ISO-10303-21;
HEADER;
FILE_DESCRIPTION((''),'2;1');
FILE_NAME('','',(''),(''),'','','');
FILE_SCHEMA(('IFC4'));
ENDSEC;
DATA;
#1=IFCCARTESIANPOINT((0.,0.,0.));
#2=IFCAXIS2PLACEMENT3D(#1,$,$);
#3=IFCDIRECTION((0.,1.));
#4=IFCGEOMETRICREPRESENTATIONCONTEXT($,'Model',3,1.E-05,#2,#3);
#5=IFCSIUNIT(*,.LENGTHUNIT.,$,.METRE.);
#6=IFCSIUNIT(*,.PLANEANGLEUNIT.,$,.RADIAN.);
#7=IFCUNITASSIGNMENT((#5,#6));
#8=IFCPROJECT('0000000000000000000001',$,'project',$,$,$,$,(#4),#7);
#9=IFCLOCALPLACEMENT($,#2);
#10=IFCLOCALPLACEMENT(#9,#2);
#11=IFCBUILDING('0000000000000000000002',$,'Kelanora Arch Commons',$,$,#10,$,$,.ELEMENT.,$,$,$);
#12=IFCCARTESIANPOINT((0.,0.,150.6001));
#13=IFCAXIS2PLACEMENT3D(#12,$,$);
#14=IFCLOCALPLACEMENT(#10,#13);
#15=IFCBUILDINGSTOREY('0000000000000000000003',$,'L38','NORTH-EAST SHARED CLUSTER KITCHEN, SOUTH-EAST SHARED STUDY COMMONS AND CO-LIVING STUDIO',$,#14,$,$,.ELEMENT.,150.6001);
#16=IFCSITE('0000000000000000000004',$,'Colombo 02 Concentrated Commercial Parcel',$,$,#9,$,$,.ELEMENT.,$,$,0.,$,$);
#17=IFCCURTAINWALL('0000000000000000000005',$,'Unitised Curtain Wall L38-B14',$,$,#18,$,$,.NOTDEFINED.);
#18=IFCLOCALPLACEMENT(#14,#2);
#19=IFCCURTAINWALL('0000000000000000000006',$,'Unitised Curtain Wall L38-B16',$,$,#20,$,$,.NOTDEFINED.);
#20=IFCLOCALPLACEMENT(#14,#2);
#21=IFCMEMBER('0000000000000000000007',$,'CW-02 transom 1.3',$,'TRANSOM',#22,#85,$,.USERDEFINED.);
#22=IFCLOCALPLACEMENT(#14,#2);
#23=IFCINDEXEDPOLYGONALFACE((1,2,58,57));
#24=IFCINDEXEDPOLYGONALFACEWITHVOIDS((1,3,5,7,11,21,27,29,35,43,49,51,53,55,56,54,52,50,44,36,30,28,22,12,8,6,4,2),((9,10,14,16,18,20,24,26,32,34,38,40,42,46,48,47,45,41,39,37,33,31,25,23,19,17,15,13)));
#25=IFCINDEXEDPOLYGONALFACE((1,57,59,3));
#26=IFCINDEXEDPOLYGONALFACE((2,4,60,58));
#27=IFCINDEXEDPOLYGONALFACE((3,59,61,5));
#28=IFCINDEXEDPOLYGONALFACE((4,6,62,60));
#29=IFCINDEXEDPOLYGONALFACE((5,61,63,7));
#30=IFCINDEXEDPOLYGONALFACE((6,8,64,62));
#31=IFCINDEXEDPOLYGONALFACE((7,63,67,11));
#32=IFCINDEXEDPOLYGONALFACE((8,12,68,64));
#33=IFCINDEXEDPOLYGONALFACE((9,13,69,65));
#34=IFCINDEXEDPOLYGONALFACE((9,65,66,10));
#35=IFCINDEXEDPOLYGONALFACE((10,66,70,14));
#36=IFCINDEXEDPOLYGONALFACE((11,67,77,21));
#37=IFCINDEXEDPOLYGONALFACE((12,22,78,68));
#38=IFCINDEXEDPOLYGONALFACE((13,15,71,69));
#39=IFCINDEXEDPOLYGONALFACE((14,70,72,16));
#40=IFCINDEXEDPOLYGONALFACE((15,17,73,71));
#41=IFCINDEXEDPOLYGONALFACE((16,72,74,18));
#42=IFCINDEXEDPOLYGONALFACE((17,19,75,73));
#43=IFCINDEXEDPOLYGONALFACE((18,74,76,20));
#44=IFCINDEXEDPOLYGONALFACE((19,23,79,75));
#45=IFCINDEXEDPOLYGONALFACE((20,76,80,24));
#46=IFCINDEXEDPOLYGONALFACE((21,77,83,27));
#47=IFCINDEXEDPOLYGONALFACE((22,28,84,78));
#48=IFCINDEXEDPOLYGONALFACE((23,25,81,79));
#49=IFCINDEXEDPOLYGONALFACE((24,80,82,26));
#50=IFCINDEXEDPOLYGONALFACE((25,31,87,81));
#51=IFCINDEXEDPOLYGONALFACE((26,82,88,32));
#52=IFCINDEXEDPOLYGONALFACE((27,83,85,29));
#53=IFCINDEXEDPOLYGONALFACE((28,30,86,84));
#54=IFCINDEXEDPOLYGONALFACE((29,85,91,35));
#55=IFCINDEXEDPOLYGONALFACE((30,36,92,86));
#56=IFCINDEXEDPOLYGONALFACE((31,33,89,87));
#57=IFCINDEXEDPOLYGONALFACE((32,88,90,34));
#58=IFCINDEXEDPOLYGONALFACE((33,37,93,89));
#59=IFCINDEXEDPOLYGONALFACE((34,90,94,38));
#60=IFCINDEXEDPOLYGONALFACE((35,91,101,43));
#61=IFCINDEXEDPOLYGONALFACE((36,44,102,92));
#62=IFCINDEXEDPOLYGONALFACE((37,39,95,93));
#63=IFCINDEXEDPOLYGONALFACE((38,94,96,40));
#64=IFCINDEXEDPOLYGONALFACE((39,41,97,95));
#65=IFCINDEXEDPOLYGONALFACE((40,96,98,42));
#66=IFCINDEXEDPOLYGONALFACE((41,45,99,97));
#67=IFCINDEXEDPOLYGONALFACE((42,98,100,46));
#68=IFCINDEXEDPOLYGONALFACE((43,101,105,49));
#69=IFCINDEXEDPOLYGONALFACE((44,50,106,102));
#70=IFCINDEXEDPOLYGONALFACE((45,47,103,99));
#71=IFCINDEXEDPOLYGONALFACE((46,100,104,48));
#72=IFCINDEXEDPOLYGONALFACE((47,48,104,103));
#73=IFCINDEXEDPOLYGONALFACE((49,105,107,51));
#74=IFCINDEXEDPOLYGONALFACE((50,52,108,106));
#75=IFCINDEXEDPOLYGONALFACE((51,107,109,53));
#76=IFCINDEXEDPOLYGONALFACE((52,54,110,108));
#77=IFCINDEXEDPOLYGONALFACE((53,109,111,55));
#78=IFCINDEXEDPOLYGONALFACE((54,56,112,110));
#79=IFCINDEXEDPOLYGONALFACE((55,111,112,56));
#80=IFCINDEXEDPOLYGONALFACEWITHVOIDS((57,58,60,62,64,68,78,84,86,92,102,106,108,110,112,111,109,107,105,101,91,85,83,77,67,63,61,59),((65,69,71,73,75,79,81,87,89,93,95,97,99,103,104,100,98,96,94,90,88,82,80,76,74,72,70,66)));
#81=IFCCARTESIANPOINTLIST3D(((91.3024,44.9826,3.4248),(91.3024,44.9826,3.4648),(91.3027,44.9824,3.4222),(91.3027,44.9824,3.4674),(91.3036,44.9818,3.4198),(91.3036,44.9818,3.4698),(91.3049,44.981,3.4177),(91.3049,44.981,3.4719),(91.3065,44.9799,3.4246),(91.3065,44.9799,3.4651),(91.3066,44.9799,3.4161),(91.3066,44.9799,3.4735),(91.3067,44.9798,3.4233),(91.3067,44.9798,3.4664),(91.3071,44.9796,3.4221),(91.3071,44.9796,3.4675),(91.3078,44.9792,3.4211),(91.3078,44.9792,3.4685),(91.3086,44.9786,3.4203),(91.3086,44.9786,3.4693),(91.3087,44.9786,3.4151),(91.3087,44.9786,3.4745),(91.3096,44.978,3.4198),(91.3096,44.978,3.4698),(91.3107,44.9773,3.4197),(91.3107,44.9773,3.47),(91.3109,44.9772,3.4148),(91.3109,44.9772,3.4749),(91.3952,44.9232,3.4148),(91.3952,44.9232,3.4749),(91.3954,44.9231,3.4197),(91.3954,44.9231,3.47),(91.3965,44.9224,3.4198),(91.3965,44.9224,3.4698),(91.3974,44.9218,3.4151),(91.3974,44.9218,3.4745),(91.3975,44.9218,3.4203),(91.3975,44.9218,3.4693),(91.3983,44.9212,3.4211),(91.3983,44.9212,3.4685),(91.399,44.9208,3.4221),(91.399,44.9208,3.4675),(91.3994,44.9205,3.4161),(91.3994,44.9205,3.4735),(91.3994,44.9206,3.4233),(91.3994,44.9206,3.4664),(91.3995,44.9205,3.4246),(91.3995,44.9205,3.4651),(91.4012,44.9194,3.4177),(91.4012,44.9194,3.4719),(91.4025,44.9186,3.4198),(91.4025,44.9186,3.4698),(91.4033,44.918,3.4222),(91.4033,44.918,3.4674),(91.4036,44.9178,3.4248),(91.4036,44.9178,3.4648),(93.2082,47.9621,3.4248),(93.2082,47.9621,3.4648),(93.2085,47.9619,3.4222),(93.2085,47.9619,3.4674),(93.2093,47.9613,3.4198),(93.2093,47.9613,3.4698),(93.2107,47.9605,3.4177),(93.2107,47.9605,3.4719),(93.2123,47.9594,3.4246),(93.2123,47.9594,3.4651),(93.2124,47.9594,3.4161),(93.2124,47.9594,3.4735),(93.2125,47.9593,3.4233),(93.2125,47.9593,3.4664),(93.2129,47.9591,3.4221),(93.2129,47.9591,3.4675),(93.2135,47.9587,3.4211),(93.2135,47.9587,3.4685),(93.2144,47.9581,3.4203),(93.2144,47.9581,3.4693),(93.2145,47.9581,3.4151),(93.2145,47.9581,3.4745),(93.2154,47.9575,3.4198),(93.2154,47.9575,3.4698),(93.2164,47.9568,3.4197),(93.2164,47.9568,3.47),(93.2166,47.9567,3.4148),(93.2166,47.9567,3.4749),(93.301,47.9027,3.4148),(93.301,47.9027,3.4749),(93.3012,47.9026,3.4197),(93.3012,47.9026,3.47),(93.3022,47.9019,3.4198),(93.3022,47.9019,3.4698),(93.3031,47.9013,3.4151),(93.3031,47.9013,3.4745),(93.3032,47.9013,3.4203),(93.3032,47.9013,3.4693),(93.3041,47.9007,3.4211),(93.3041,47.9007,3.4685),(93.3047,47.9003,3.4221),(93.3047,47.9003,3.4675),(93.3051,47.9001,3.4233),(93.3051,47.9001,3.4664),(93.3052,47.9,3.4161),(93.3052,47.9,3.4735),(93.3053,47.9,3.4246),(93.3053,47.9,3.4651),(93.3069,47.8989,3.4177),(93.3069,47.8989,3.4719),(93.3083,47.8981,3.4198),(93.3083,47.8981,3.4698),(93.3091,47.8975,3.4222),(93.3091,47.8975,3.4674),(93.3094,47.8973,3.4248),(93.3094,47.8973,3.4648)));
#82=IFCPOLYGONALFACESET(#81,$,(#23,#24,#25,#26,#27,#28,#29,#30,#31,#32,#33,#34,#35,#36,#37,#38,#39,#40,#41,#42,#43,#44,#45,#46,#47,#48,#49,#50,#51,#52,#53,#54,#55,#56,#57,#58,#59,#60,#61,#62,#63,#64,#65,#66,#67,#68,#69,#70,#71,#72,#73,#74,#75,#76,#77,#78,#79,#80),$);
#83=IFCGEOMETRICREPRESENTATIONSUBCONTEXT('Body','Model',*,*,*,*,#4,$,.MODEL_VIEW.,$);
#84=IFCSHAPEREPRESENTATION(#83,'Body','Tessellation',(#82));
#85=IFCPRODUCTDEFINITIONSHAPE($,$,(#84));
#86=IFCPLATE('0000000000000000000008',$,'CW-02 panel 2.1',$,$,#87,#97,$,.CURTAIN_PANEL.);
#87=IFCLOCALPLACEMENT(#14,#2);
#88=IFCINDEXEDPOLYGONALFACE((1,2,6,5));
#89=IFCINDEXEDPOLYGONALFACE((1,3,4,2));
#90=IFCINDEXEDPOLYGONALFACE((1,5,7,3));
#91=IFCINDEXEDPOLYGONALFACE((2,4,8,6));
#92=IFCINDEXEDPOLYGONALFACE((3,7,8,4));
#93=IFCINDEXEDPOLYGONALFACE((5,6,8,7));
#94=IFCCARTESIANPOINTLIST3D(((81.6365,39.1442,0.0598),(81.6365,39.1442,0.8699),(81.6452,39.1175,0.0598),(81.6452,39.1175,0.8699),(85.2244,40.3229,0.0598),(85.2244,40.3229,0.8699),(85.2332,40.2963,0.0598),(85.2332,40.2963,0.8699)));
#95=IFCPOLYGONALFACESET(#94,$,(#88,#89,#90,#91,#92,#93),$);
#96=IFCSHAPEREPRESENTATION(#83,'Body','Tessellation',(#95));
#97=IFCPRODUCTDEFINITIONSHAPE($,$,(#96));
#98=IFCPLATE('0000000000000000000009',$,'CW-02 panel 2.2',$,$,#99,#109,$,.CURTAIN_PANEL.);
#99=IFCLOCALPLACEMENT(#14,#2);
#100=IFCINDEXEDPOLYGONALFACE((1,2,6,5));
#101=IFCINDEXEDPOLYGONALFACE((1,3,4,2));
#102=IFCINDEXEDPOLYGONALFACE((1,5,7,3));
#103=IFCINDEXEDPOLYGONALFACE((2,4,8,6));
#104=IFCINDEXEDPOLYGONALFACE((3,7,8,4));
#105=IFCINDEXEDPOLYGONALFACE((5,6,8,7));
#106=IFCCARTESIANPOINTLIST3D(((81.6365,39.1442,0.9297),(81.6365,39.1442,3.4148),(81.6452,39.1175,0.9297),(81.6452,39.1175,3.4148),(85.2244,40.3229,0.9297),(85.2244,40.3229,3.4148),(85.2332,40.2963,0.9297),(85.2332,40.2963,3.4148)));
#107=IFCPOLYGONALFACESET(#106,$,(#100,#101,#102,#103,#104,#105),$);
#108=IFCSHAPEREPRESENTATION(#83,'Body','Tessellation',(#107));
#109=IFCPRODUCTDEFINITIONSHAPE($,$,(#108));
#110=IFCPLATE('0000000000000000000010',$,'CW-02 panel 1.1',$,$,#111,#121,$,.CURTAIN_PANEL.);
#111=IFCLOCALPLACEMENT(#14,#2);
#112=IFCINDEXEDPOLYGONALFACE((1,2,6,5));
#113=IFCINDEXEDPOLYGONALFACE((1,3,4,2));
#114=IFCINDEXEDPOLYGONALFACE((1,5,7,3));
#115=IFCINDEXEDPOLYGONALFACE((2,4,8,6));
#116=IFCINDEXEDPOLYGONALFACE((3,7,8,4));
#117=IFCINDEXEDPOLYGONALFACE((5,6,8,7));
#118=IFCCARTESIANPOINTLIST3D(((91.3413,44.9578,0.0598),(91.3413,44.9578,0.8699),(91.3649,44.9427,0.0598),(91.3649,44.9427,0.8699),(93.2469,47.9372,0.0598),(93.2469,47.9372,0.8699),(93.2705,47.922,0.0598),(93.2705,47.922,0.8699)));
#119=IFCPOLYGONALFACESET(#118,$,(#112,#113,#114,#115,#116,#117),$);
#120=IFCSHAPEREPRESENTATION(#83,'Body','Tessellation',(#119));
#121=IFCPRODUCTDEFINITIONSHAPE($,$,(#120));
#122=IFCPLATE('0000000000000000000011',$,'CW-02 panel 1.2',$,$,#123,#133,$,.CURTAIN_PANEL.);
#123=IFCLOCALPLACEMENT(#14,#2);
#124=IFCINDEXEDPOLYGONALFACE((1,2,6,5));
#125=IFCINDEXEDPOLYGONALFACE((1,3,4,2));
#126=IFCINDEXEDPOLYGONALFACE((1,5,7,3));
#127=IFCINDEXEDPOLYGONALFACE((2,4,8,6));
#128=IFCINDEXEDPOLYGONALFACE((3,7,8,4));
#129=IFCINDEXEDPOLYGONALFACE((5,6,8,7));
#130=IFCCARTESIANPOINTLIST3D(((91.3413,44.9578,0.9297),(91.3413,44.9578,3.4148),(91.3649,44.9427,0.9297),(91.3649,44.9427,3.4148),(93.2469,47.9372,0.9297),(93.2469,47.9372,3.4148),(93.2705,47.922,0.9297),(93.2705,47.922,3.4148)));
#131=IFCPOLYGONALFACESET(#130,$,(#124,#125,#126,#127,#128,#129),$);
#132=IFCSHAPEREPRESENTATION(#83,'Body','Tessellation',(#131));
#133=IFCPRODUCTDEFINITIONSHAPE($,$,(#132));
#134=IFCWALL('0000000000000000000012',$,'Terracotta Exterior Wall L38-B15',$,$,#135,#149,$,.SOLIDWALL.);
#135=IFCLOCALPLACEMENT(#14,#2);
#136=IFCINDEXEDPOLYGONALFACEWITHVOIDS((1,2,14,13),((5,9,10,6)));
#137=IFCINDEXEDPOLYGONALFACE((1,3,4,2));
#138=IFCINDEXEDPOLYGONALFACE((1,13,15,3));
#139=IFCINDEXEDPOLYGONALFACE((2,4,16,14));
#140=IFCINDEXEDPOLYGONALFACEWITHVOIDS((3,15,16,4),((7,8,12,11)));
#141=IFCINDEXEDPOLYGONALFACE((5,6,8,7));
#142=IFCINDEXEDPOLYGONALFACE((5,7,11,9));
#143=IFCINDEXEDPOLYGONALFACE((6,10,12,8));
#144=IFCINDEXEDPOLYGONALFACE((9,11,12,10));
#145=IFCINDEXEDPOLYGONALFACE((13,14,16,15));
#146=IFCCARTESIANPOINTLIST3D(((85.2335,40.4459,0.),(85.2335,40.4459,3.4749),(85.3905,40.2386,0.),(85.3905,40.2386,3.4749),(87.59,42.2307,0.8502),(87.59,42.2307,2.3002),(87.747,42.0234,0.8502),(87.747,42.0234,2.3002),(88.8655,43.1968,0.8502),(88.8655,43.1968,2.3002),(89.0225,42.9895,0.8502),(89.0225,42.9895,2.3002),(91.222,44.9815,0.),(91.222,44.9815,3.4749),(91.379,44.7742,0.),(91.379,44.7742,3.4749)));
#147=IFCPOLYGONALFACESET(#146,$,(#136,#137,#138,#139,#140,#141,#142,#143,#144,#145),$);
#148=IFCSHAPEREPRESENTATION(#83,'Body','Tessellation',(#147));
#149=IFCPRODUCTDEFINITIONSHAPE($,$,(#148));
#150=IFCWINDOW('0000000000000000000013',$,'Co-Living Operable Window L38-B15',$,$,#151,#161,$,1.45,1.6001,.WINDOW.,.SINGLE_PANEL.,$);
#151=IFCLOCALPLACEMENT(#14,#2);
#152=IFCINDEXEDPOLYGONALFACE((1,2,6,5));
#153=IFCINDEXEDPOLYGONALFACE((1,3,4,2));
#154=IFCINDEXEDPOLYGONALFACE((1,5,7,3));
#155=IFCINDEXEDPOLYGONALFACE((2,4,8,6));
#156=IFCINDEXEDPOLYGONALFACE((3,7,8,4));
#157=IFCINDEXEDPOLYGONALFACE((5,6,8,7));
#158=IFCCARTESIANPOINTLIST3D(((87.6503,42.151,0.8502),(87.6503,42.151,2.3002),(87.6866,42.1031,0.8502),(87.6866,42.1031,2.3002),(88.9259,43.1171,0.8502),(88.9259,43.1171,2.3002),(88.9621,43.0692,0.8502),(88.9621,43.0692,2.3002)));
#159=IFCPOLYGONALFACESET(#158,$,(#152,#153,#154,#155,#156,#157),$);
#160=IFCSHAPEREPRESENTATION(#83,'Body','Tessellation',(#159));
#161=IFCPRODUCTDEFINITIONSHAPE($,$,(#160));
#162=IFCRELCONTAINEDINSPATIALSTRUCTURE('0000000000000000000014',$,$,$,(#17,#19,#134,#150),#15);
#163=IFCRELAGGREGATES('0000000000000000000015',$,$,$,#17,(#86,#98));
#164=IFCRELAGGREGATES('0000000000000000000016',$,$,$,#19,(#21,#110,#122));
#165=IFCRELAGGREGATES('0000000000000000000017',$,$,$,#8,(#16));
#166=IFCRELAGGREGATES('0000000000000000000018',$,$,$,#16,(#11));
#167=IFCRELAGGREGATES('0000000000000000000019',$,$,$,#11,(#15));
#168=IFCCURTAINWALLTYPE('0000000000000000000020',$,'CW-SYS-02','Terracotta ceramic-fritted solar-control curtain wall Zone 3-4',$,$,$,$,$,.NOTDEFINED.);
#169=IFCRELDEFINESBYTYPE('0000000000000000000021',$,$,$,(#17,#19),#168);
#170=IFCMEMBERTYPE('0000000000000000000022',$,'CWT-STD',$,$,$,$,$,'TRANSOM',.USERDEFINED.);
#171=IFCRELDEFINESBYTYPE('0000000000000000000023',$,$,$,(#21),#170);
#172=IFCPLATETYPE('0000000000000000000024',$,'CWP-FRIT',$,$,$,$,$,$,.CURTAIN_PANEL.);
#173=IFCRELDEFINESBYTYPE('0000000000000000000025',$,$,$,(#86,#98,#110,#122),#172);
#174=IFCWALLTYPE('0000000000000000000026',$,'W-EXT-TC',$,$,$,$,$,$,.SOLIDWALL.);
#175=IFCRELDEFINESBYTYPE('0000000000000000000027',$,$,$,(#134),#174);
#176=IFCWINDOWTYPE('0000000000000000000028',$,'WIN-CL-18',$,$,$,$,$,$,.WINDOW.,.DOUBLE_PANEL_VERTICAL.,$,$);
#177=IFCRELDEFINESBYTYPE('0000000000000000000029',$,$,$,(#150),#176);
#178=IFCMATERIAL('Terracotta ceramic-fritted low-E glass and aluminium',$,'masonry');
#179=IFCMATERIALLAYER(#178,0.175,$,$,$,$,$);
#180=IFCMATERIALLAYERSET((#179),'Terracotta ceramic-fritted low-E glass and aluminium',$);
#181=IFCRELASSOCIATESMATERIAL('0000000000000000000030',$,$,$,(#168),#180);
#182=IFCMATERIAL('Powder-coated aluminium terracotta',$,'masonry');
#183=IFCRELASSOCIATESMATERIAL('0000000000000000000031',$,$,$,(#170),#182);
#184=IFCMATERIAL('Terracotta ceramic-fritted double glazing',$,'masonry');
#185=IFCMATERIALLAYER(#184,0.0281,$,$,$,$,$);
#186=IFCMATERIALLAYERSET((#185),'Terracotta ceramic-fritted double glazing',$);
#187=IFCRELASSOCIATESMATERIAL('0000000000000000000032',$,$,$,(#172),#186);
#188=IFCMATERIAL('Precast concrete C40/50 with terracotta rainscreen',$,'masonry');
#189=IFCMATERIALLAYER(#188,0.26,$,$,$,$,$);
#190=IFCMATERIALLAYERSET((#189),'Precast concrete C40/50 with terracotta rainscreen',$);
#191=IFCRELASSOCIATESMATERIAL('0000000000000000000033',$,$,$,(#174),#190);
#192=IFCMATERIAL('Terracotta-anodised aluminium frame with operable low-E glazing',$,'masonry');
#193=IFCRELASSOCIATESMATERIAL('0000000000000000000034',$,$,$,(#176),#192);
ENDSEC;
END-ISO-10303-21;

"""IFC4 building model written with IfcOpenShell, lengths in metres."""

from ifc_helpers import new_model, si_unit, direction, frame, frame_2d, origin, origin_2d, place, context, subcontext, project, spatial, rectangle, hollow_rectangle, extrude, source, transform, mapped, material, layer, layer_set, material_profile, profile_set, type_object, element, fill, aggregate, save


model = new_model("IFC4")

# Units and contexts
model_context = context("Model", 3, precision=1e-05, world=origin(), true_north=direction((0.0, 1.0)))
body_context = subcontext(model_context, "Body", "Model", "MODEL_VIEW")
ifc_project = project(units=[si_unit("LENGTHUNIT", "METRE"), si_unit("PLANEANGLEUNIT", "RADIAN")], contexts=[model_context])

# Site, building, storey
site_placement = place(None, origin())
site = spatial("IfcSite", under=ifc_project, at=site_placement, Name="Colombo 02 Concentrated Commercial Parcel", CompositionType="ELEMENT", RefElevation=0.0)
building_placement = place(site_placement, origin())
building = spatial("IfcBuilding", under=site, at=building_placement, Name="Kelanora Arch Commons", CompositionType="ELEMENT")
storey_placement = place(building_placement, frame((0.0, 0.0, 150.6001)))
storey = spatial("IfcBuildingStorey", under=building, at=storey_placement, Name="L38", Description="NORTH-EAST SHARED CLUSTER KITCHEN, SOUTH-EAST SHARED STUDY COMMONS AND CO-LIVING STUDIO", CompositionType="ELEMENT", Elevation=150.6001)

# Curtain wall
ifc_material_1 = material(Name="Terracotta ceramic-fritted low-E glass and aluminium", Category="masonry")
ifc_layer_1 = layer(ifc_material_1, 0.175)
ifc_layer_set_1 = layer_set([ifc_layer_1], Name="Terracotta ceramic-fritted low-E glass and aluminium")
curtain_wall_type = type_object("IfcCurtainWallType", Name="CW-SYS-02", Description="Terracotta ceramic-fritted solar-control curtain wall Zone 3-4", PredefinedType="NOTDEFINED", material=ifc_layer_set_1)
curtain_wall_1_placement = place(storey_placement, origin())
curtain_wall_1 = element("IfcCurtainWall", 1, at=curtain_wall_1_placement, inside=storey, type_object=curtain_wall_type, Name="Unitised Curtain Wall L38-B14", PredefinedType="NOTDEFINED")
ifc_material_2 = material(Name="Powder-coated aluminium terracotta", Category="masonry")

# Curtain wall, member
curtain_wall_2_placement = place(storey_placement, origin())
curtain_wall_2 = element("IfcCurtainWall", 2, at=curtain_wall_2_placement, inside=storey, type_object=curtain_wall_type, Name="Unitised Curtain Wall L38-B16", PredefinedType="NOTDEFINED")
ifc_material_profile_1 = material_profile(ifc_material_2, hollow_rectangle(XDim=0.1201, YDim=0.0601, WallThickness=0.0049, InnerFilletRadius=0.0049, OuterFilletRadius=0.01, at=origin_2d()), Name="CWT120x60")
ifc_profile_set_1 = profile_set([ifc_material_profile_1], Name="Powder-coated aluminium terracotta")
member_type_1 = type_object("IfcMemberType", Name="CWT-STD", ElementType="TRANSOM", PredefinedType="USERDEFINED", material=ifc_profile_set_1)
member_1_placement = place(storey_placement, frame((91.353, 44.9502, 3.4448), z_axis=(0.53883, 0.842414, 0.0), x_axis=(-0.842414, 0.53883, 0.0)))
member_1 = element("IfcMember", 3, at=member_1_placement, type_object=member_type_1, Name="CW-02 transom 1.3", ObjectType="TRANSOM", PredefinedType="USERDEFINED", context=body_context, shape_type="SweptSolid", body=[
    extrude(hollow_rectangle(XDim=0.1201, YDim=0.0601, WallThickness=0.0049, InnerFilletRadius=0.0049, OuterFilletRadius=0.01, at=origin_2d()), origin(), (0.0, 0.0, 1.0), 3.5369),
])

# Plates
ifc_material_3 = material(Name="Terracotta ceramic-fritted double glazing", Category="masonry")
ifc_layer_2 = layer(ifc_material_3, 0.0281)
ifc_layer_set_2 = layer_set([ifc_layer_2], Name="Terracotta ceramic-fritted double glazing")
plate_type = type_object("IfcPlateType", Name="CWP-FRIT", PredefinedType="CURTAIN_PANEL", material=ifc_layer_set_2)
shared_shape_1 = source(origin(), body_context, "Body", "SweptSolid", [
    extrude(rectangle(XDim=3.7766, YDim=0.0281, at=origin_2d()), origin(), (0.0, 0.0, 1.0), 0.8101),
])
plate_1_placement = place(storey_placement, frame((83.4348, 39.7202, 0.0598), z_axis=(0.0, 0.0, 1.0), x_axis=(0.95004, 0.312128, 0.0)))
plate_1 = element("IfcPlate", 4, at=plate_1_placement, type_object=plate_type, Name="CW-02 panel 2.1", PredefinedType="CURTAIN_PANEL", context=body_context, shape_type="MappedRepresentation", body=[
    mapped(shared_shape_1, transform((0.0, 0.0, 0.0), scale=1.0)),
])
shared_shape_2 = source(origin(), body_context, "Body", "SweptSolid", [
    extrude(rectangle(XDim=3.7766, YDim=0.0281, at=origin_2d()), origin(), (0.0, 0.0, 1.0), 2.4851),
])
plate_2_placement = place(storey_placement, frame((83.4348, 39.7202, 0.9297), z_axis=(0.0, 0.0, 1.0), x_axis=(0.95004, 0.312128, 0.0)))
plate_2 = element("IfcPlate", 5, at=plate_2_placement, type_object=plate_type, Name="CW-02 panel 2.2", PredefinedType="CURTAIN_PANEL", context=body_context, shape_type="MappedRepresentation", body=[
    mapped(shared_shape_2, transform((0.0, 0.0, 0.0), scale=1.0)),
])
aggregate(curtain_wall_1, [plate_1, plate_2])
shared_shape_3 = source(origin(), body_context, "Body", "SweptSolid", [
    extrude(rectangle(XDim=3.5366, YDim=0.0281, at=origin_2d()), origin(), (0.0, 0.0, 1.0), 0.8101),
])
plate_3_placement = place(storey_placement, frame((92.3059, 46.4399, 0.0598), z_axis=(0.0, 0.0, 1.0), x_axis=(0.538817, 0.842423, 0.0)))
plate_3 = element("IfcPlate", 6, at=plate_3_placement, type_object=plate_type, Name="CW-02 panel 1.1", PredefinedType="CURTAIN_PANEL", context=body_context, shape_type="MappedRepresentation", body=[
    mapped(shared_shape_3, transform((0.0, 0.0, 0.0), scale=1.0)),
])
shared_shape_4 = source(origin(), body_context, "Body", "SweptSolid", [
    extrude(rectangle(XDim=3.5366, YDim=0.0281, at=origin_2d()), origin(), (0.0, 0.0, 1.0), 2.4851),
])
plate_4_placement = place(storey_placement, frame((92.3059, 46.4399, 0.9297), z_axis=(0.0, 0.0, 1.0), x_axis=(0.538817, 0.842423, 0.0)))
plate_4 = element("IfcPlate", 7, at=plate_4_placement, type_object=plate_type, Name="CW-02 panel 1.2", PredefinedType="CURTAIN_PANEL", context=body_context, shape_type="MappedRepresentation", body=[
    mapped(shared_shape_4, transform((0.0, 0.0, 0.0), scale=1.0)),
])
aggregate(curtain_wall_2, [member_1, plate_3, plate_4])

# Wall, opening, window
ifc_material_4 = material(Name="Precast concrete C40/50 with terracotta rainscreen", Category="masonry")
ifc_layer_3 = layer(ifc_material_4, 0.26)
ifc_layer_set_3 = layer_set([ifc_layer_3], Name="Precast concrete C40/50 with terracotta rainscreen")
wall_type = type_object("IfcWallType", Name="W-EXT-TC", PredefinedType="SOLIDWALL", material=ifc_layer_set_3)
wall_placement = place(storey_placement, frame((85.312, 40.3423, 0.0), z_axis=(0.0, 0.0, 1.0), x_axis=(0.797164, 0.603763, 0.0)))
wall = element("IfcWall", 8, at=wall_placement, inside=storey, type_object=wall_type, Name="Terracotta Exterior Wall L38-B15", PredefinedType="SOLIDWALL", context=body_context, shape_type="SweptSolid", body=[
    extrude(rectangle(XDim=7.5122, YDim=0.26, at=frame_2d((3.7561, 0.0))), origin(), (0.0, 0.0, 1.0), 3.4749),
])
opening_placement = place(wall_placement, frame((2.9561, 0.0, 0.8501)))
opening = element("IfcOpeningElement", 9, at=opening_placement, cuts=wall, PredefinedType="OPENING", context=body_context, shape_type="SweptSolid", body=[
    extrude(rectangle(XDim=1.6001, YDim=1.45, at=frame_2d((0.8, 0.7251))), frame((0.0, 0.1401, 0.0), z_axis=(0.0, -1.0, 0.0), x_axis=(1.0, 0.0, 0.0)), (0.0, 0.0, 1.0), 0.28),
])
ifc_material_5 = material(Name="Terracotta-anodised aluminium frame with operable low-E glazing", Category="masonry")
window_type = type_object("IfcWindowType", Name="WIN-CL-18", PartitioningType="DOUBLE_PANEL_VERTICAL", PredefinedType="WINDOW", material=ifc_material_5)
window_placement = place(opening_placement, origin())
window = element("IfcWindow", 10, at=window_placement, inside=storey, type_object=window_type, Name="Co-Living Operable Window L38-B15", OverallHeight=1.45, OverallWidth=1.6001, PartitioningType="SINGLE_PANEL", PredefinedType="WINDOW", context=body_context, shape_type="SweptSolid", body=[
    extrude(rectangle(XDim=1.6001, YDim=1.45, at=frame_2d((0.8, 0.7251))), frame((0.0, 0.03, 0.0), z_axis=(0.0, -1.0, 0.0), x_axis=(1.0, 0.0, 0.0)), (0.0, 0.0, 1.0), 0.0601),
])
fill(opening, window)

save(model, "model.ifc")
